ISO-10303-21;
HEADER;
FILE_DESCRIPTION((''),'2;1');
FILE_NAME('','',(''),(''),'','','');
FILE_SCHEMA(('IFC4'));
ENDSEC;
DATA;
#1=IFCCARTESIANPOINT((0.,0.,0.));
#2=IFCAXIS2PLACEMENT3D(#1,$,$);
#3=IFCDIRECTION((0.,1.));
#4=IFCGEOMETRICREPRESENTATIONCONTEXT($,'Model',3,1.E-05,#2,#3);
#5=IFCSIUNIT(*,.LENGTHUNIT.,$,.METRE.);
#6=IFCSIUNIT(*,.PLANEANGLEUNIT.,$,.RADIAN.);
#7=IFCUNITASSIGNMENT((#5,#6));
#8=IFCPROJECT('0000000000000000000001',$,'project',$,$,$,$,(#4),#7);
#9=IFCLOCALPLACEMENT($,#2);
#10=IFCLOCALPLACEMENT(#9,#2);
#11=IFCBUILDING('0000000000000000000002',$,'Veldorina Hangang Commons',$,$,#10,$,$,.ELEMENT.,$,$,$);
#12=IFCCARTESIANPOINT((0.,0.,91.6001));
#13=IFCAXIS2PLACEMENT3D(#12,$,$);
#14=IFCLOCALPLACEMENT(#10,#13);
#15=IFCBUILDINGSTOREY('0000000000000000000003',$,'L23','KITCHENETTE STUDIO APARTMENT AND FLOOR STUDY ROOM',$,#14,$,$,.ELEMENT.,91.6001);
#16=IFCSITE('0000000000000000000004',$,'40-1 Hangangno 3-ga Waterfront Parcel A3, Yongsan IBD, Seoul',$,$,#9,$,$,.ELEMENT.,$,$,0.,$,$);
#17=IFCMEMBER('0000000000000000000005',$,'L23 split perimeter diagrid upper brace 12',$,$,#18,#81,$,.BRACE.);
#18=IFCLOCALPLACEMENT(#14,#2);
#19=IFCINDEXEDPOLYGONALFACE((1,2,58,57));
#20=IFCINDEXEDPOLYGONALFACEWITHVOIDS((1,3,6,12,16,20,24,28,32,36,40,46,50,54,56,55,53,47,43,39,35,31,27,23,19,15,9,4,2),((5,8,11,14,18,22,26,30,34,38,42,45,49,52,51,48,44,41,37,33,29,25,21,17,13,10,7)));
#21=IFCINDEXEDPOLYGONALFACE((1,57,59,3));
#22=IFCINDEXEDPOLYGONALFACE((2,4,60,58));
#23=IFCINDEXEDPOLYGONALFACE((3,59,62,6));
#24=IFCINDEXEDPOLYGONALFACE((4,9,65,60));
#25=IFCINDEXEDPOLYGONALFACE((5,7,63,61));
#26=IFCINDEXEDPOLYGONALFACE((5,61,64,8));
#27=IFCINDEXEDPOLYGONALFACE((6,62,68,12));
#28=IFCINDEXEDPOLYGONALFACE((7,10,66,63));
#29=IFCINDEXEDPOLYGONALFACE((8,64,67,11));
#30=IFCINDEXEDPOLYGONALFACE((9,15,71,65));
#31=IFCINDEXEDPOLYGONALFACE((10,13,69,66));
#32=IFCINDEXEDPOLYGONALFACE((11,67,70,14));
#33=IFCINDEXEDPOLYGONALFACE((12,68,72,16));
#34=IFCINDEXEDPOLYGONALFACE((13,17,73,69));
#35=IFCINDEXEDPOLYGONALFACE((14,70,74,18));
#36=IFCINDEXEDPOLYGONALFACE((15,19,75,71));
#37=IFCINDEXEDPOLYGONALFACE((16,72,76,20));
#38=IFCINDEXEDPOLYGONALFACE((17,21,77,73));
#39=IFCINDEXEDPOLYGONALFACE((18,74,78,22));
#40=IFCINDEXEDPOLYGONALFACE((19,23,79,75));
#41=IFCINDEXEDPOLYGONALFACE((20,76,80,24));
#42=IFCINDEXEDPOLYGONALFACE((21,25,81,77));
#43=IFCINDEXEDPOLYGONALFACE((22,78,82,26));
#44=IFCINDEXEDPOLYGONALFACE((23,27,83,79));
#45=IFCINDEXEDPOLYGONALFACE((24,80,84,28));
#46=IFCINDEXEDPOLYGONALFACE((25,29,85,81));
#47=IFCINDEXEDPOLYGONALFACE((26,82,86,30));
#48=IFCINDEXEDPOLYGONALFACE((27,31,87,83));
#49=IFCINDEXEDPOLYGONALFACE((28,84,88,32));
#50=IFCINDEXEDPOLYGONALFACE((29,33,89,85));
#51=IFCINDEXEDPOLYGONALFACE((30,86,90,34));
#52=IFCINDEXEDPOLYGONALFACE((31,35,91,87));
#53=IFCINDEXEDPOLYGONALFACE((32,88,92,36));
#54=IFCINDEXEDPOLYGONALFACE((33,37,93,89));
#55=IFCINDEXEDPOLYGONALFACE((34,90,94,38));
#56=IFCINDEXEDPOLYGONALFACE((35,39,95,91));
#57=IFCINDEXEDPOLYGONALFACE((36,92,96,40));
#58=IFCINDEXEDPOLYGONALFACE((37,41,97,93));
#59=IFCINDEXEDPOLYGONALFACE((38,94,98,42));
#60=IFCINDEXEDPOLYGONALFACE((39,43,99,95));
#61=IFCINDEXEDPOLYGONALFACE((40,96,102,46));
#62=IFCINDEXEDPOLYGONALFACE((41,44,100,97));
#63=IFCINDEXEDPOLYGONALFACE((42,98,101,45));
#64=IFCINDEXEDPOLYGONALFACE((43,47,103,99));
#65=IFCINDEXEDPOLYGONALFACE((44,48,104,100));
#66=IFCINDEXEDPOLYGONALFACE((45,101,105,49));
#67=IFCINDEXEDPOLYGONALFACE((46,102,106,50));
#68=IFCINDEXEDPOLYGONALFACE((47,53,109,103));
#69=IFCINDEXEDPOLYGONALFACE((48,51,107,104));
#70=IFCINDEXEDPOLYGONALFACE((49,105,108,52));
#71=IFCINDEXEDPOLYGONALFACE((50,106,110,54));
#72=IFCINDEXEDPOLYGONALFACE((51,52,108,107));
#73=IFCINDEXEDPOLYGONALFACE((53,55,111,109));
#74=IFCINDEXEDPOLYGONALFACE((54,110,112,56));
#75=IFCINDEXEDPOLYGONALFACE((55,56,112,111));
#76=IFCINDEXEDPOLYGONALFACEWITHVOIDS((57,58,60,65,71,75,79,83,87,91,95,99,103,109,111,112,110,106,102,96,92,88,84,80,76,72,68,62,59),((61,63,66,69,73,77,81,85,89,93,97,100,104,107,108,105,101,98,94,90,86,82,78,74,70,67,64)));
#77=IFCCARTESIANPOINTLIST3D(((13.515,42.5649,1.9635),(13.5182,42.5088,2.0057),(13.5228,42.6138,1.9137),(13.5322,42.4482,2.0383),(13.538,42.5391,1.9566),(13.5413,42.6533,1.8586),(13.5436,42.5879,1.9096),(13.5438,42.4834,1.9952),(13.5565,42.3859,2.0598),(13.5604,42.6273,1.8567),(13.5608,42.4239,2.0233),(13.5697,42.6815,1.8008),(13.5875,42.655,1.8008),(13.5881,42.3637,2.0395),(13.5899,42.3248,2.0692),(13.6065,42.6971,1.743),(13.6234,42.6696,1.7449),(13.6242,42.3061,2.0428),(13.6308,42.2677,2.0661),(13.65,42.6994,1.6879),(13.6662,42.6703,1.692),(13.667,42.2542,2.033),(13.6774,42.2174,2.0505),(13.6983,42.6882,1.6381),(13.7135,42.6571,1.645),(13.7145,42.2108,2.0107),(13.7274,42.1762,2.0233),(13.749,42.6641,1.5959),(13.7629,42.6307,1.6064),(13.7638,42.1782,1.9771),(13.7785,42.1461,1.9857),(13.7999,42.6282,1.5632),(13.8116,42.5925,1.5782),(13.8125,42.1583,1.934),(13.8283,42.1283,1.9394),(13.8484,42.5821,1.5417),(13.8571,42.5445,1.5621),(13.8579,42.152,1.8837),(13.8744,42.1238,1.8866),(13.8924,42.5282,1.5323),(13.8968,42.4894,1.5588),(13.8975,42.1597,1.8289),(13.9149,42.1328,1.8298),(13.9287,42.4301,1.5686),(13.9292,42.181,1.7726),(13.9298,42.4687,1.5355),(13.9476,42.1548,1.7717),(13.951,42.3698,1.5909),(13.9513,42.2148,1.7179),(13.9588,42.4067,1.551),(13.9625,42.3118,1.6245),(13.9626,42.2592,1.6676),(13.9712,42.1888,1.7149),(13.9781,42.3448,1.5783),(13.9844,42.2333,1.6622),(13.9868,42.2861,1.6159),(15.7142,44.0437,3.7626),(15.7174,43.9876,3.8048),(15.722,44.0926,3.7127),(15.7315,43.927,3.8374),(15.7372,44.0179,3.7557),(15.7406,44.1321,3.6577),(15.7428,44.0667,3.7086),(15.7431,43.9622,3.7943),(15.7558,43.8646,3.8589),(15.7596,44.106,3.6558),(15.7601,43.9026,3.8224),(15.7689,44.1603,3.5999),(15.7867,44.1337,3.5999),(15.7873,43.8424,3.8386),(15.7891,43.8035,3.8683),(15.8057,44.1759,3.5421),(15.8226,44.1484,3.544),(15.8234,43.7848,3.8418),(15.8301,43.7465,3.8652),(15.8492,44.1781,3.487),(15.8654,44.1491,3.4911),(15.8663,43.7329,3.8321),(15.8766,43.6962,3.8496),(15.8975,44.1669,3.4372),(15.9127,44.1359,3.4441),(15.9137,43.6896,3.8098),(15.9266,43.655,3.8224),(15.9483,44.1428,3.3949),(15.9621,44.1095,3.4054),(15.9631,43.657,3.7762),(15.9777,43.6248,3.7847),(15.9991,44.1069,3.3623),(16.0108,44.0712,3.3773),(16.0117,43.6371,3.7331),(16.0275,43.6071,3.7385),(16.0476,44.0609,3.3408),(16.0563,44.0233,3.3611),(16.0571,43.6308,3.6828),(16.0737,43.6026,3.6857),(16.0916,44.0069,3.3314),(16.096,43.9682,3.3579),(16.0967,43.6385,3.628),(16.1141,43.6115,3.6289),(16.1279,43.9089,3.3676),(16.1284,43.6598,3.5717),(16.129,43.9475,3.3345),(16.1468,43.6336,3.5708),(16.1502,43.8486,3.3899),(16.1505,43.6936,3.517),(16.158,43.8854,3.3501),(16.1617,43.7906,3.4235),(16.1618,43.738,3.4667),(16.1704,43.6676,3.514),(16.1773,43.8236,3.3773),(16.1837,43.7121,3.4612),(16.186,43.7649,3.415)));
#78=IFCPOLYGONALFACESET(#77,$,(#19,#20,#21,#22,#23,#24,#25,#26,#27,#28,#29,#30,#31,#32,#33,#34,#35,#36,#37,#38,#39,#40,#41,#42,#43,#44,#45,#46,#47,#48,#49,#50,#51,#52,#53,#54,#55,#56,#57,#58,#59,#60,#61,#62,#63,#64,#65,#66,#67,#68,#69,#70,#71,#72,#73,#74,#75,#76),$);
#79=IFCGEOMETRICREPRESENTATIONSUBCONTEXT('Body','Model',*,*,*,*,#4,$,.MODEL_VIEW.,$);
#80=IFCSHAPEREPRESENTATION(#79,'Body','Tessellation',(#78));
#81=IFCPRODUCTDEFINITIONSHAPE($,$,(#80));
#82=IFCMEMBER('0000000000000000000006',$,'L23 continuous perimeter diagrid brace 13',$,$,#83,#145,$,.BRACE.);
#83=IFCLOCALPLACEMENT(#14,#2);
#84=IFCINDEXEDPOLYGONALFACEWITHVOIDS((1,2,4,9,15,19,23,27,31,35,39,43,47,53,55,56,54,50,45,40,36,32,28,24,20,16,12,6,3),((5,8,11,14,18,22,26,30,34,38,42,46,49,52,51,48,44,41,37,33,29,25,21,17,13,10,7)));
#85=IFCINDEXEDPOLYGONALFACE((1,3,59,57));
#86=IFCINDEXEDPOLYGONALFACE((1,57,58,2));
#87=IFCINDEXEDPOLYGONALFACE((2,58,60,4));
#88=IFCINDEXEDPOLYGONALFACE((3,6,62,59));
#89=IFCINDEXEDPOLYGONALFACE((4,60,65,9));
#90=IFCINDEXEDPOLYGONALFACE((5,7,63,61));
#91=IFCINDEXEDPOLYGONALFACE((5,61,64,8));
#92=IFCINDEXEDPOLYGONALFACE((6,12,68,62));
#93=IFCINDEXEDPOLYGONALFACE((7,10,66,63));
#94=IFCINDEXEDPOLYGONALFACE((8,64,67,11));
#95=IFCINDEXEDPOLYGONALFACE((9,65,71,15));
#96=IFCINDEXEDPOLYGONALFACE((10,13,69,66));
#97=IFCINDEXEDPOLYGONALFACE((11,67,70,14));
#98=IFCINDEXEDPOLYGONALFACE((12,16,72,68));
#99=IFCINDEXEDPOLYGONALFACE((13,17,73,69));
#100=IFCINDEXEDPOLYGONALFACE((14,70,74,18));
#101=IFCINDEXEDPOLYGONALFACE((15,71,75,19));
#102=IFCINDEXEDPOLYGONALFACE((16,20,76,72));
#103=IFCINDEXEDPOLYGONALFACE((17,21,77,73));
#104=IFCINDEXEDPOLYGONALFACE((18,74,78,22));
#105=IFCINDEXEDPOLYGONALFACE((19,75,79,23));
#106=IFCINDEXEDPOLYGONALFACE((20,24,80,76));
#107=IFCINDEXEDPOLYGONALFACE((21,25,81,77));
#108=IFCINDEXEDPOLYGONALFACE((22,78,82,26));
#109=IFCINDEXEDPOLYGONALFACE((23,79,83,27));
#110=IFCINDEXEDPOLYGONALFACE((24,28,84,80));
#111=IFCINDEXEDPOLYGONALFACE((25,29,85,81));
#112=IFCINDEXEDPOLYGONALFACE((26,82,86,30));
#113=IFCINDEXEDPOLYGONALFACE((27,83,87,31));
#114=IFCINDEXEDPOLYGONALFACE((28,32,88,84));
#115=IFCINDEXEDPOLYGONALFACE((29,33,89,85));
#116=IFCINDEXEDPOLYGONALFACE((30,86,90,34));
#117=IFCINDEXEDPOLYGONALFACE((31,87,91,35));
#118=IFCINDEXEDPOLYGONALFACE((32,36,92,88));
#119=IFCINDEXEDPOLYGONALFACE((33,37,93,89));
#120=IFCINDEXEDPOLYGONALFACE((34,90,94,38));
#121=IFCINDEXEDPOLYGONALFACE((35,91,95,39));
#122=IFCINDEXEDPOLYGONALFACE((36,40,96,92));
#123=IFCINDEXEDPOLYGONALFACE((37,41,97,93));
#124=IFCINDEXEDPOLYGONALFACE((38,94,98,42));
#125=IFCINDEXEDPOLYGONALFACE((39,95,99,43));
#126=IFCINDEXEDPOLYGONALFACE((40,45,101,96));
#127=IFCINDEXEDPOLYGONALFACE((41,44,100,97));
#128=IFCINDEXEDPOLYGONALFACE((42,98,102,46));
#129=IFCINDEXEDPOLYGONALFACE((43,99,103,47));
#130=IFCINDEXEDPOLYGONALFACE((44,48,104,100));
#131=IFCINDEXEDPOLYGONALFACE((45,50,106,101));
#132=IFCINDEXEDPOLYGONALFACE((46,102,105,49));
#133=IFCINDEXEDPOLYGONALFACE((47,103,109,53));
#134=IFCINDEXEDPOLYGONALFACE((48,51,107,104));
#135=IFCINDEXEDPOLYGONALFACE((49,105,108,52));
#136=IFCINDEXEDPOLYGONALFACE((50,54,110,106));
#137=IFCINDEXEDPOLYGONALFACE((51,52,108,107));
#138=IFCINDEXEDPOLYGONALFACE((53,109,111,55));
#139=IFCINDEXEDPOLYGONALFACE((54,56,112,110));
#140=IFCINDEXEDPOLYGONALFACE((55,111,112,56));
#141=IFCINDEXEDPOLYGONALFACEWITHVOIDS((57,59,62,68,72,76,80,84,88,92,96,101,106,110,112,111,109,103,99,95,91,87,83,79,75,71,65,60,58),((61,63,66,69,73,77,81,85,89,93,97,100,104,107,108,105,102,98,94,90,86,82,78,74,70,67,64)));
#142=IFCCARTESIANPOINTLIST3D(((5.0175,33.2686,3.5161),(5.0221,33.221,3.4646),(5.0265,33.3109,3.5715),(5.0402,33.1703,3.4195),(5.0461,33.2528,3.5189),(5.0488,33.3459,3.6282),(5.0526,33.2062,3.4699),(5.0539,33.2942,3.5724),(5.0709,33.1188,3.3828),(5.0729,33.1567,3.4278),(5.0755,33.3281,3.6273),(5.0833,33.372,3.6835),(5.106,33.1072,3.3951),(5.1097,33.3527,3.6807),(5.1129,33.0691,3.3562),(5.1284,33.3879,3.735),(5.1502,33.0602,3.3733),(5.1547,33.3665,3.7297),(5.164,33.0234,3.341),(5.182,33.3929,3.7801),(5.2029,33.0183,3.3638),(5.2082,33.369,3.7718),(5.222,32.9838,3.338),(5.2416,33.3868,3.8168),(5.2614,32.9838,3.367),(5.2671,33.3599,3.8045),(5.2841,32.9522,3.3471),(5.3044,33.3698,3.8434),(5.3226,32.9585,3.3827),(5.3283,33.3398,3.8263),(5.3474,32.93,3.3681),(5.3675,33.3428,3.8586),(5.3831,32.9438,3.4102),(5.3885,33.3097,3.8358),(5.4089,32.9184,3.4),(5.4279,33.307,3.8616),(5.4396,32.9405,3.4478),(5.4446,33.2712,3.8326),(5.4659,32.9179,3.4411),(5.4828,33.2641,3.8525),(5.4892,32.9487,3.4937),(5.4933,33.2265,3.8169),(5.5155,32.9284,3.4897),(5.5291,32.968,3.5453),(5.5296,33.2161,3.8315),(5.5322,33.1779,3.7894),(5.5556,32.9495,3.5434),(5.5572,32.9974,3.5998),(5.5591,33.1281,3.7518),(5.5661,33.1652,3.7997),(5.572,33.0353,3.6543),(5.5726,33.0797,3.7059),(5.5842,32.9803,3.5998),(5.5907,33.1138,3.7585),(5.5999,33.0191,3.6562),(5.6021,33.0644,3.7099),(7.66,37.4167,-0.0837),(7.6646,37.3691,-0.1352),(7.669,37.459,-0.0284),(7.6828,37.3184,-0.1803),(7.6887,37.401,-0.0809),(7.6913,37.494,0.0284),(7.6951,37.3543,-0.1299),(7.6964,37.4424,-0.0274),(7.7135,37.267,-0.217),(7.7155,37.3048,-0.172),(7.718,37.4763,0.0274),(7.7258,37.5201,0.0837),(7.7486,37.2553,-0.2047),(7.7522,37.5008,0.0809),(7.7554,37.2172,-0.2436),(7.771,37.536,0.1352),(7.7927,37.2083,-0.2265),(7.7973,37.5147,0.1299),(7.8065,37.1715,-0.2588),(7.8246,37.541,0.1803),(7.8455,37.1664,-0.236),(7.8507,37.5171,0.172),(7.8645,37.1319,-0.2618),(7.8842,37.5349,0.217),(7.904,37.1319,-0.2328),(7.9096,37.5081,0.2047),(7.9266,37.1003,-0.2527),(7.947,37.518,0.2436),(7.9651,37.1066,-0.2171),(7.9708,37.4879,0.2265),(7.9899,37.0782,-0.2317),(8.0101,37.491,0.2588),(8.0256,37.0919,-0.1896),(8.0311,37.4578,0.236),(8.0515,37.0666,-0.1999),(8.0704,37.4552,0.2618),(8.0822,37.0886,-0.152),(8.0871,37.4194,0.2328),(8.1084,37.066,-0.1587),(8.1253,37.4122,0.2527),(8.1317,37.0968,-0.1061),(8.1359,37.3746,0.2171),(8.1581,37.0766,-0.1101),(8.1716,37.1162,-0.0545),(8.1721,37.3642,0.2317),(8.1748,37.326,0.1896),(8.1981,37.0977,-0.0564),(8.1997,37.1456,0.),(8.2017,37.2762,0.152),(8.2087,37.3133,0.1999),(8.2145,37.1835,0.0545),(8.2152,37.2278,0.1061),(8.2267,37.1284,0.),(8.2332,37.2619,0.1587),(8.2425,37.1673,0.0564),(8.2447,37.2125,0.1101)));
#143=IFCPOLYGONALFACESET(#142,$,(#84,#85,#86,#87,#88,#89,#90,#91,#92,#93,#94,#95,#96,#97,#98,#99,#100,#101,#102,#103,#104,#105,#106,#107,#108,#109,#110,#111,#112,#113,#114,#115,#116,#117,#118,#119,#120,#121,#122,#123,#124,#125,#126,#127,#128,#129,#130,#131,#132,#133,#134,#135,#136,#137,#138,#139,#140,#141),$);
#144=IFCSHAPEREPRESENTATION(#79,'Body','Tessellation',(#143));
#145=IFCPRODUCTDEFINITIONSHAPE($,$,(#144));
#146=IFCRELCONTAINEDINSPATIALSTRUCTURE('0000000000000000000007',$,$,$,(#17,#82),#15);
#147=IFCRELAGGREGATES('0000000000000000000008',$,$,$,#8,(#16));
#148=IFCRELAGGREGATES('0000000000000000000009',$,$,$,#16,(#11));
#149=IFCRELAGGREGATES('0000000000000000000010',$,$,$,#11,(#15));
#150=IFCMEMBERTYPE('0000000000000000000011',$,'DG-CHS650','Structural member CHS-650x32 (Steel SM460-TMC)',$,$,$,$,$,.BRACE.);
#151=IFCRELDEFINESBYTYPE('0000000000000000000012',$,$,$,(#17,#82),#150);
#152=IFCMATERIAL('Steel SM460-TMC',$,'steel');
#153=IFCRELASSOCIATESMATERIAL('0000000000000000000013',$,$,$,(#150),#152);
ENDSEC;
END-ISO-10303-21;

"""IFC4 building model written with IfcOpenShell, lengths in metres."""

from ifc_helpers import new_model, si_unit, direction, frame, origin, origin_2d, place, context, subcontext, project, spatial, hollow_circle, extrude, material, material_profile, profile_set, type_object, element, save


model = new_model("IFC4")

# Units and contexts
model_context = context("Model", 3, precision=1e-05, world=origin(), true_north=direction((0.0, 1.0)))
body_context = subcontext(model_context, "Body", "Model", "MODEL_VIEW")
ifc_project = project(units=[si_unit("LENGTHUNIT", "METRE"), si_unit("PLANEANGLEUNIT", "RADIAN")], contexts=[model_context])

# Site, building, storey
site_placement = place(None, origin())
site = spatial("IfcSite", under=ifc_project, at=site_placement, Name="40-1 Hangangno 3-ga Waterfront Parcel A3, Yongsan IBD, Seoul", CompositionType="ELEMENT", RefElevation=0.0)
building_placement = place(site_placement, origin())
building = spatial("IfcBuilding", under=site, at=building_placement, Name="Veldorina Hangang Commons", CompositionType="ELEMENT")
storey_placement = place(building_placement, frame((0.0, 0.0, 91.6001)))
storey = spatial("IfcBuildingStorey", under=building, at=storey_placement, Name="L23", Description="KITCHENETTE STUDIO APARTMENT AND FLOOR STUDY ROOM", CompositionType="ELEMENT", Elevation=91.6001)

# Members
ifc_material_1 = material(Name="Steel SM460-TMC", Category="steel")
ifc_material_profile_1 = material_profile(ifc_material_1, hollow_circle(Radius=0.325, WallThickness=0.032, at=origin_2d()), Name="CHS-650x32")
ifc_profile_set_1 = profile_set([ifc_material_profile_1], Name="Steel SM460-TMC")
member_type = type_object("IfcMemberType", Name="DG-CHS650", Description="Structural member CHS-650x32 (Steel SM460-TMC)", PredefinedType="BRACE", material=ifc_profile_set_1)
member_1_placement = place(storey_placement, frame((13.751, 42.4119, 1.8008), z_axis=(0.686587, 0.461663, 0.561663), x_axis=(-0.557991, 0.829847, 0.0)))
element("IfcMember", 1, at=member_1_placement, inside=storey, type_object=member_type, Name="L23 split perimeter diagrid upper brace 12", PredefinedType="BRACE", context=body_context, shape_type="SweptSolid", body=[
    extrude(hollow_circle(Radius=0.325, WallThickness=0.032, at=origin_2d()), origin(), (0.0, 0.0, 1.0), 3.2031),
])
member_2_placement = place(storey_placement, frame((7.9526, 37.303, 0.0), z_axis=(-0.433561, -0.680584, 0.590619), x_axis=(0.843402, -0.537283, 0.0)))
element("IfcMember", 2, at=member_2_placement, inside=storey, type_object=member_type, Name="L23 continuous perimeter diagrid brace 13", PredefinedType="BRACE", context=body_context, shape_type="SweptSolid", body=[
    extrude(hollow_circle(Radius=0.325, WallThickness=0.032, at=origin_2d()), origin(), (0.0, 0.0, 1.0), 6.095),
])

save(model, "model.ifc")
